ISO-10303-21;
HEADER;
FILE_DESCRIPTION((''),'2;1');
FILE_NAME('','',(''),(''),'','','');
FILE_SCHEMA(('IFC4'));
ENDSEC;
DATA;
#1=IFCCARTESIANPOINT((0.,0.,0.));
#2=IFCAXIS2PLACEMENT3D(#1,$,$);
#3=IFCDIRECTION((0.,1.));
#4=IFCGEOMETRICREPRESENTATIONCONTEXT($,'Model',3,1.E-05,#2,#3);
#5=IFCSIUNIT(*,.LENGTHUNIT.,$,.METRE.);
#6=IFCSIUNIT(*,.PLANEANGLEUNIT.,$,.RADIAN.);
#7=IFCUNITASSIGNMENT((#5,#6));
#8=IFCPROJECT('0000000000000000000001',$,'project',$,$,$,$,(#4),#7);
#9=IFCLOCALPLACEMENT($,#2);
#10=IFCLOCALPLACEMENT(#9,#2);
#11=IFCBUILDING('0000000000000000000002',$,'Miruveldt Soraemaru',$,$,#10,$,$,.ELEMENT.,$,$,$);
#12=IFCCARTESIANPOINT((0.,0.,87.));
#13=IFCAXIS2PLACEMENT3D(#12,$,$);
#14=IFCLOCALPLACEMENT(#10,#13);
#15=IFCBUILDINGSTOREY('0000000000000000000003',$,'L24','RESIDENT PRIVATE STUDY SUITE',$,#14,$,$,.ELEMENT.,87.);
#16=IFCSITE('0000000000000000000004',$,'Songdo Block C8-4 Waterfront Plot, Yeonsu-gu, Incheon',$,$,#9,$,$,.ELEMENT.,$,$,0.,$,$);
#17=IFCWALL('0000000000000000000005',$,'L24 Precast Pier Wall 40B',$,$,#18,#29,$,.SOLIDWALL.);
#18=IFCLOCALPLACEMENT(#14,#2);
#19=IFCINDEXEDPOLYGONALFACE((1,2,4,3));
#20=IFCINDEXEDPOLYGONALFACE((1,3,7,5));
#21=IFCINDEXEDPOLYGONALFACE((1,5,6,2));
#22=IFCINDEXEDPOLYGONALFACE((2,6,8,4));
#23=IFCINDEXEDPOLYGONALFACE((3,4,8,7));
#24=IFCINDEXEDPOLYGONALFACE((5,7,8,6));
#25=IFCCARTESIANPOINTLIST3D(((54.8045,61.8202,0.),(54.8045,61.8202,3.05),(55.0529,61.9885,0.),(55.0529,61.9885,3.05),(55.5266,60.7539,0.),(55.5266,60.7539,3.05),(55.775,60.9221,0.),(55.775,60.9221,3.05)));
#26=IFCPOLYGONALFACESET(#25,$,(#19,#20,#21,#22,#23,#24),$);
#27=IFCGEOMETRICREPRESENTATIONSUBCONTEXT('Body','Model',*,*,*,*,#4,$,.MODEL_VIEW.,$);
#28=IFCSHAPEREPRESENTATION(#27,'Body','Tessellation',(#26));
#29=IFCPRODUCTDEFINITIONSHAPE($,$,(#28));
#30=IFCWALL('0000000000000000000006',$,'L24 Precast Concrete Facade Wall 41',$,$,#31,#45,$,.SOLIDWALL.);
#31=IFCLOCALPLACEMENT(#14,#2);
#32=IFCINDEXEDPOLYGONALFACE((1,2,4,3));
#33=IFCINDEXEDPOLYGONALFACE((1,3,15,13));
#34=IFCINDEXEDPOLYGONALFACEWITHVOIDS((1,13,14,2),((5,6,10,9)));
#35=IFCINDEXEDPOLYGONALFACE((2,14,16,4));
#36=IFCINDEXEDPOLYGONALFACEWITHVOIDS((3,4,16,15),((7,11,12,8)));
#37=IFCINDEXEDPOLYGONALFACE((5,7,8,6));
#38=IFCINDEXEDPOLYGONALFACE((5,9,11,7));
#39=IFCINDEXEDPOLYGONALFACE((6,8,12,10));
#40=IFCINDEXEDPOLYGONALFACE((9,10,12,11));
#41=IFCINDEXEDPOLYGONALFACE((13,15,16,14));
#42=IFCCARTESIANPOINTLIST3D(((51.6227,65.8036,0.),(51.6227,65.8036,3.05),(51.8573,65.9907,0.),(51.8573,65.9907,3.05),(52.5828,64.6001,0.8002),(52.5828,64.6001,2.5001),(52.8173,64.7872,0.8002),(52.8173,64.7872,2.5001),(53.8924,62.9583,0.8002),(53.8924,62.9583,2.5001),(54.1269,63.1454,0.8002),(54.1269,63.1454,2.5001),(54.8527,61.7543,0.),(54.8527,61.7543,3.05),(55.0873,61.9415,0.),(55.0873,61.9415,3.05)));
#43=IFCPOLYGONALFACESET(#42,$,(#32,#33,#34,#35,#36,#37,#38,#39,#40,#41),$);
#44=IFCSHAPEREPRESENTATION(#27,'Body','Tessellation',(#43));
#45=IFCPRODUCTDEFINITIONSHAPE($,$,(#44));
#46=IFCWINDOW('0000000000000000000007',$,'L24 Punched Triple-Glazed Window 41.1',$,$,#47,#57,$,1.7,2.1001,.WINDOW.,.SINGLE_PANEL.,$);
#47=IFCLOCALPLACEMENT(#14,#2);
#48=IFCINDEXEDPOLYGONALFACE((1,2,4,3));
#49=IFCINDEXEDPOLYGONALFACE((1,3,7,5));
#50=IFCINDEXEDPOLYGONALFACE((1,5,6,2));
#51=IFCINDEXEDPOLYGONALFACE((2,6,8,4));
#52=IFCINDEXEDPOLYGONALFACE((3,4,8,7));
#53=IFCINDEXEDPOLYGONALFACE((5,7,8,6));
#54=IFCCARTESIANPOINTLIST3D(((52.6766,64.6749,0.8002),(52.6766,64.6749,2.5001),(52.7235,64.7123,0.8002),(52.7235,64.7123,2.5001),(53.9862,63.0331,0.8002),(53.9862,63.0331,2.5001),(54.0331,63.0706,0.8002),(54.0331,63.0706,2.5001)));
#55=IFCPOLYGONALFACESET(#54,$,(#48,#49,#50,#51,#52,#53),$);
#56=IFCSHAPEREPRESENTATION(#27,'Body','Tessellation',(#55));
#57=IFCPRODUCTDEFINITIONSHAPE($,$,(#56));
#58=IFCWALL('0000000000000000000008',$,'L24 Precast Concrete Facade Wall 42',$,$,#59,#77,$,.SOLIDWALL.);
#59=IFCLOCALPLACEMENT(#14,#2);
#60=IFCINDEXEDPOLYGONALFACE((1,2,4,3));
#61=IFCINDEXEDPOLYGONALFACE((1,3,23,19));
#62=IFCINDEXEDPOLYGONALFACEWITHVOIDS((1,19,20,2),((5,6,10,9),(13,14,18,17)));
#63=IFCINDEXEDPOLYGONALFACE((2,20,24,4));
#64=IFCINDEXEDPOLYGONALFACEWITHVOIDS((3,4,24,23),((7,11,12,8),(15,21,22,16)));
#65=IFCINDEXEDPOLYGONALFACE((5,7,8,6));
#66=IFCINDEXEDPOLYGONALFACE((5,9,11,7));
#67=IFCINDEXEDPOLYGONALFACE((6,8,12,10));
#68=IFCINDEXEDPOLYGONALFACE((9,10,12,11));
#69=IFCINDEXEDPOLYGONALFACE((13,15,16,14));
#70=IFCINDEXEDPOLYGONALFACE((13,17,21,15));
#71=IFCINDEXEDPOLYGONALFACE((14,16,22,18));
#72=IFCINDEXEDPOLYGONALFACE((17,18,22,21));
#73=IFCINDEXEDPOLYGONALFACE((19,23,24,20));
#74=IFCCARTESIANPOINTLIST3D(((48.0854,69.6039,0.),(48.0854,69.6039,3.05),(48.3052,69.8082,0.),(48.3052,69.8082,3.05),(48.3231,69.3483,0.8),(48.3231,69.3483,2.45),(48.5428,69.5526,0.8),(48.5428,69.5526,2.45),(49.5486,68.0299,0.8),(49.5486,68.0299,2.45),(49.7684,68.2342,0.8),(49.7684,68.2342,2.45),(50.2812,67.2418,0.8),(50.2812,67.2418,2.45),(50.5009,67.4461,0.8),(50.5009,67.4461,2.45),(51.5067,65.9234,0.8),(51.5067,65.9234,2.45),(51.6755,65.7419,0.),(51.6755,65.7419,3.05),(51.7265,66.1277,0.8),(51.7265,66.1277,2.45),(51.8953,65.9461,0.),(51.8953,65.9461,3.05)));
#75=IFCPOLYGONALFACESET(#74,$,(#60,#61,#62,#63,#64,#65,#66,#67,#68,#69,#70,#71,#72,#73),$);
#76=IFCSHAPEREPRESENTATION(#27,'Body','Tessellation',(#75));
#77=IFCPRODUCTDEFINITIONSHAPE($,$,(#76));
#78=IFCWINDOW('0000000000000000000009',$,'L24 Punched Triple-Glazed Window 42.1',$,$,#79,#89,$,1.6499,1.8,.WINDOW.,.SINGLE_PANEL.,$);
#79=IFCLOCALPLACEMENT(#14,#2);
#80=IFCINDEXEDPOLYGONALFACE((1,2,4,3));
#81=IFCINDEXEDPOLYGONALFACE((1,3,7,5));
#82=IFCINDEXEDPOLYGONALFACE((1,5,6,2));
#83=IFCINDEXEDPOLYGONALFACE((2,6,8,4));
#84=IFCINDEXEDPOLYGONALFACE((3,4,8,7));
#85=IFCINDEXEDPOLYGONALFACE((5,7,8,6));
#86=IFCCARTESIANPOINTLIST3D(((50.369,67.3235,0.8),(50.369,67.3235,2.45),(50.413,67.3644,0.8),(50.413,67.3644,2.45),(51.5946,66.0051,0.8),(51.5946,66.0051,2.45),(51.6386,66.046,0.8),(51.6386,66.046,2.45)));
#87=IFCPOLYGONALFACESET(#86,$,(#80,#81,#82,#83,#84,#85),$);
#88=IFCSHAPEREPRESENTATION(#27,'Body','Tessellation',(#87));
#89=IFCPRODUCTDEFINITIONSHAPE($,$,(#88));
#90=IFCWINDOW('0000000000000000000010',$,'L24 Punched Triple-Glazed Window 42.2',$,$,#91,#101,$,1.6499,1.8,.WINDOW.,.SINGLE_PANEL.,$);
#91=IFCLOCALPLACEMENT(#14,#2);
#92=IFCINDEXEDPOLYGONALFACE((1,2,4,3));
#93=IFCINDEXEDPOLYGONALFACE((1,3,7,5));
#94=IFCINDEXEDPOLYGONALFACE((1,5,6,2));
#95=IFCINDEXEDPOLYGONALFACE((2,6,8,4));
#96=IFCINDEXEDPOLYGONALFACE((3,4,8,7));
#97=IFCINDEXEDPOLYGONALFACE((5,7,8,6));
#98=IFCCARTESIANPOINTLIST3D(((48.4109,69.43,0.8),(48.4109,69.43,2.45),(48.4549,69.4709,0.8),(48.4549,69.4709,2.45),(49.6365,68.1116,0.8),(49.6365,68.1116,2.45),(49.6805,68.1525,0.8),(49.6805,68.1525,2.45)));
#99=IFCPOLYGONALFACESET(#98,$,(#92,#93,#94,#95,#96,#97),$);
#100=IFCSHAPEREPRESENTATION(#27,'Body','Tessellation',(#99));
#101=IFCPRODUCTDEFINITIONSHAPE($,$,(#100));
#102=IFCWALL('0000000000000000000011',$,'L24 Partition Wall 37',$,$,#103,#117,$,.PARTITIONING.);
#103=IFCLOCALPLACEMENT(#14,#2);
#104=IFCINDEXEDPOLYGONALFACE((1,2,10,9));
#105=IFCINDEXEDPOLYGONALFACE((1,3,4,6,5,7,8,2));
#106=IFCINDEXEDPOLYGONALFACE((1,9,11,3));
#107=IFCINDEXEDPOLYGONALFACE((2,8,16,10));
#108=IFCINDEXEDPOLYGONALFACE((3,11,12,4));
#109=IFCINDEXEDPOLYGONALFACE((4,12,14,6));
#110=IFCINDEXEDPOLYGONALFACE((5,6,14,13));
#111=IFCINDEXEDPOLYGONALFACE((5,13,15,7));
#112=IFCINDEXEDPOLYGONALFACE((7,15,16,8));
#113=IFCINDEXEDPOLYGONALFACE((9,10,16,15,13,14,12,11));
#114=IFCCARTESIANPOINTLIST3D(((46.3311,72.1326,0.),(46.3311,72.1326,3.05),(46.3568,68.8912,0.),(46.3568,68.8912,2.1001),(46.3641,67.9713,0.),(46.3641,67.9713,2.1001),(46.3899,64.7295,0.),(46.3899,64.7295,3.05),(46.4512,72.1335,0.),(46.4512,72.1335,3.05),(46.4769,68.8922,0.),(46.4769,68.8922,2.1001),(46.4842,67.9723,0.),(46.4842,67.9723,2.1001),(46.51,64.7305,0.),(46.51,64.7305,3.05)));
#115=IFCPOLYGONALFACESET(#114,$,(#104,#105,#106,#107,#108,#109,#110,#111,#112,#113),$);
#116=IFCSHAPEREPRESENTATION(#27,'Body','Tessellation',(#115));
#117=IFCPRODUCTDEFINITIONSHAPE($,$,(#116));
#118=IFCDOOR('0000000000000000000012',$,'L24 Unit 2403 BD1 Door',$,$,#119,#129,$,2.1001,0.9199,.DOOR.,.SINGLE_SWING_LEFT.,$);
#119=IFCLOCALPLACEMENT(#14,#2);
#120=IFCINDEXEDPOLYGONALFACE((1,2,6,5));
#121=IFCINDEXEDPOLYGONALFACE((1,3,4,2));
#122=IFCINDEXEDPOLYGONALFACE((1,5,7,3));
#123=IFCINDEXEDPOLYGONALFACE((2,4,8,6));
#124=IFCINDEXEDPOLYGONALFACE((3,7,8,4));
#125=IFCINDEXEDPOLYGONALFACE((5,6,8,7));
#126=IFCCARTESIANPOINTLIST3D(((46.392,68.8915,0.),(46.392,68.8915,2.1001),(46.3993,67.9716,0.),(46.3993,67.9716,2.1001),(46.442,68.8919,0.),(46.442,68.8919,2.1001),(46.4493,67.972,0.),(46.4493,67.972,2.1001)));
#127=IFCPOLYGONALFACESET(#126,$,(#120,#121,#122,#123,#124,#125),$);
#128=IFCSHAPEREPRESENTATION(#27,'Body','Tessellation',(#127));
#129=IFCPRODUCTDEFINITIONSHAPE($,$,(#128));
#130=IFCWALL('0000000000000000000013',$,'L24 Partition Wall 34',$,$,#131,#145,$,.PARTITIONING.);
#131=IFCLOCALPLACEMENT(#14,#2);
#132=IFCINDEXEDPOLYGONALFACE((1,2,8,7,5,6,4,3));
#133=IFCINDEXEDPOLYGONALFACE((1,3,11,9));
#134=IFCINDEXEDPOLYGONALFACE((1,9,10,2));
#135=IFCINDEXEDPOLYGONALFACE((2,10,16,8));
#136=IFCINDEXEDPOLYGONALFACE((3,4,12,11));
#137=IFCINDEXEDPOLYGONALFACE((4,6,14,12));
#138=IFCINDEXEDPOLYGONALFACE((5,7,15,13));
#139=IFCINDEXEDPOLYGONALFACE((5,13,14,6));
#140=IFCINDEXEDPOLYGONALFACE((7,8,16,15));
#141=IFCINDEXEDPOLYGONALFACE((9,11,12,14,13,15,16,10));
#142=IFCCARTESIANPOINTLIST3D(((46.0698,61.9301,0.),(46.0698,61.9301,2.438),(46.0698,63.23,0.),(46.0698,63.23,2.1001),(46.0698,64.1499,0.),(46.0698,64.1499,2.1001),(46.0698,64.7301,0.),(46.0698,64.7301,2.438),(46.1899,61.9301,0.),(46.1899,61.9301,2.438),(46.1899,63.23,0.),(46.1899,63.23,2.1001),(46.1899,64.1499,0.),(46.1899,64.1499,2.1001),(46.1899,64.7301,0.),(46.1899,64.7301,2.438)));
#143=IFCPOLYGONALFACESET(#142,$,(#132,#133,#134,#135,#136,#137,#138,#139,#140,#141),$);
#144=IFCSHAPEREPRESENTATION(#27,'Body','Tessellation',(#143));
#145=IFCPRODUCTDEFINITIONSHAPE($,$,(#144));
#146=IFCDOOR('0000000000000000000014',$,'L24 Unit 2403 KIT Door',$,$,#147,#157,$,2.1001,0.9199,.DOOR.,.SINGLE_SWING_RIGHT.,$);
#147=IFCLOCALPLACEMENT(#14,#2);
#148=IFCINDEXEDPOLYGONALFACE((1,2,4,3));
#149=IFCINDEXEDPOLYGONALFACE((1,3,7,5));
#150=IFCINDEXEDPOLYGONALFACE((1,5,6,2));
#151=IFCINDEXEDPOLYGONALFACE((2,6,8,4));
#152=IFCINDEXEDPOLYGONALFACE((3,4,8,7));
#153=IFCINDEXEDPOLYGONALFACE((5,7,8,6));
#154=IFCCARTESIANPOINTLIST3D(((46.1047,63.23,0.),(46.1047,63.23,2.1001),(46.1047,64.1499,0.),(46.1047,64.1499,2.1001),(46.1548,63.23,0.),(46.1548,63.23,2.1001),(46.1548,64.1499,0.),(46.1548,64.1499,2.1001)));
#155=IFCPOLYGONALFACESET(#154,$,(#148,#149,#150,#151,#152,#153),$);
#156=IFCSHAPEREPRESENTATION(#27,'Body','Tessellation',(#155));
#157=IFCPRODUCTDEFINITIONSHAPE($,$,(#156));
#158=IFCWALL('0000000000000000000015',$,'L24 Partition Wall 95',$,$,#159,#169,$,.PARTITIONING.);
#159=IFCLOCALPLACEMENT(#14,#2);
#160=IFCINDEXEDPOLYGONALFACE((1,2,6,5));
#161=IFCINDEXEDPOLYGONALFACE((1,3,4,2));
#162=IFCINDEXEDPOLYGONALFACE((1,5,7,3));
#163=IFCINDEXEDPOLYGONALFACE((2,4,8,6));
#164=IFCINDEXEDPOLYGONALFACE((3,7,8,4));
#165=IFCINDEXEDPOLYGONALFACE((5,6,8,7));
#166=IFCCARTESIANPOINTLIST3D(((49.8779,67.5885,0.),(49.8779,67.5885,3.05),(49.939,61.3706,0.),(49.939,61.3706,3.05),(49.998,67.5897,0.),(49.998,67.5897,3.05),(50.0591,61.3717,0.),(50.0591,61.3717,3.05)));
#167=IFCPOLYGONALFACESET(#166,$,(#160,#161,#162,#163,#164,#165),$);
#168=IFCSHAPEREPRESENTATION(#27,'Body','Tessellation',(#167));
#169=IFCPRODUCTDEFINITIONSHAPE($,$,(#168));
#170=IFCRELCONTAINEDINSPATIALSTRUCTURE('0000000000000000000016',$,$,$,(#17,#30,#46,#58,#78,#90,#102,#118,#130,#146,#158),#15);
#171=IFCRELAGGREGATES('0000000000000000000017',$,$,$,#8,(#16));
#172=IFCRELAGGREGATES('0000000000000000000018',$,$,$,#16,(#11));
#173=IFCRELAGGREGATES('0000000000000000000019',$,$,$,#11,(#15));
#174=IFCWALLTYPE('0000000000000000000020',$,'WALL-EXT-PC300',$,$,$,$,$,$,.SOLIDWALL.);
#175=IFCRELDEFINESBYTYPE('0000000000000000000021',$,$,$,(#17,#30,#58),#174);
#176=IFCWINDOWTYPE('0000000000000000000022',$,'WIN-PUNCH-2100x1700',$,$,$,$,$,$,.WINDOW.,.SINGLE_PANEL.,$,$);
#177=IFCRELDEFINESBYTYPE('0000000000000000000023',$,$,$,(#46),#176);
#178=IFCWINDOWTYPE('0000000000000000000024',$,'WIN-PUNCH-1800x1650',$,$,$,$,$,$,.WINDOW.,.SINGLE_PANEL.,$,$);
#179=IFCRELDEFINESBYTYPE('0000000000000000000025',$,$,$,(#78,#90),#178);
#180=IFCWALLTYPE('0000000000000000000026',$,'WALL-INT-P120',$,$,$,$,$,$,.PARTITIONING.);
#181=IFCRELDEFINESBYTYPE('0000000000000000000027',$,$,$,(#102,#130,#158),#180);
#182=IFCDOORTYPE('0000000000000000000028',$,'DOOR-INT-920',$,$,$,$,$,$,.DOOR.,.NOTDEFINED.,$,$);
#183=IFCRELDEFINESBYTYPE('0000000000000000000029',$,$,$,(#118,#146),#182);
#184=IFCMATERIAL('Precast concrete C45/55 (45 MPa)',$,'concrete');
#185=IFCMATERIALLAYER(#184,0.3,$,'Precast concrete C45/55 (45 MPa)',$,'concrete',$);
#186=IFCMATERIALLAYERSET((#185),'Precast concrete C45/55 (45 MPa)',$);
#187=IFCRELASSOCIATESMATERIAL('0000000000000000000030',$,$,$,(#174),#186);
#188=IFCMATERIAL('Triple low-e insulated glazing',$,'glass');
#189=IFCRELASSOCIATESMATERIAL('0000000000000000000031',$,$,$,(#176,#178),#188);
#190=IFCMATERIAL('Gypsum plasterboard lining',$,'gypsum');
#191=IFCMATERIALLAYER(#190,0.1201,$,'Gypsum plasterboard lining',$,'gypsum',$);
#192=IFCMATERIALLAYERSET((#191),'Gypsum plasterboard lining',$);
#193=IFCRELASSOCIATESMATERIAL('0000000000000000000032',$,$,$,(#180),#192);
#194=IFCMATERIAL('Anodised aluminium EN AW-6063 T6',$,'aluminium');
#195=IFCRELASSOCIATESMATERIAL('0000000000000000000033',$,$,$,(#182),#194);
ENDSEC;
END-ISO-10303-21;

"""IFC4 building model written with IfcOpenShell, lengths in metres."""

from ifc_helpers import new_model, si_unit, direction, frame, frame_2d, origin, place, context, subcontext, project, spatial, rectangle, extrude, material, layer, layer_set, type_object, element, fill, save


model = new_model("IFC4")

# Units and contexts
model_context = context("Model", 3, precision=1e-05, world=origin(), true_north=direction((0.0, 1.0)))
body_context = subcontext(model_context, "Body", "Model", "MODEL_VIEW")
ifc_project = project(units=[si_unit("LENGTHUNIT", "METRE"), si_unit("PLANEANGLEUNIT", "RADIAN")], contexts=[model_context])

# Site, building, storey
site_placement = place(None, origin())
site = spatial("IfcSite", under=ifc_project, at=site_placement, Name="Songdo Block C8-4 Waterfront Plot, Yeonsu-gu, Incheon", CompositionType="ELEMENT", RefElevation=0.0)
building_placement = place(site_placement, origin())
building = spatial("IfcBuilding", under=site, at=building_placement, Name="Miruveldt Soraemaru", CompositionType="ELEMENT")
storey_placement = place(building_placement, frame((0.0, 0.0, 87.0)))
storey = spatial("IfcBuildingStorey", under=building, at=storey_placement, Name="L24", Description="RESIDENT PRIVATE STUDY SUITE", CompositionType="ELEMENT", Elevation=87.0)

# Shared definitions
ifc_material_1 = material(Name="Anodised aluminium EN AW-6063 T6", Category="aluminium")

# Shared definitions
ifc_material_2 = material(Name="Precast concrete C45/55 (45 MPa)", Category="concrete")
ifc_layer_1 = layer(ifc_material_2, 0.3, Name="Precast concrete C45/55 (45 MPa)", Category="concrete")
ifc_layer_set_1 = layer_set([ifc_layer_1], Name="Precast concrete C45/55 (45 MPa)")
wall_type_1 = type_object("IfcWallType", Name="WALL-EXT-PC300", PredefinedType="SOLIDWALL", material=ifc_layer_set_1)
ifc_material_3 = material(Name="Triple low-e insulated glazing", Category="glass")
window_type_1 = type_object("IfcWindowType", Name="WIN-PUNCH-2100x1700", PartitioningType="SINGLE_PANEL", PredefinedType="WINDOW", material=ifc_material_3)

# Wall
wall_1_placement = place(storey_placement, frame((55.6509, 60.8379, 0.0), z_axis=(0.0, 0.0, 1.0), x_axis=(-0.560722, 0.828004, 0.0)))
element("IfcWall", 1, at=wall_1_placement, inside=storey, type_object=wall_type_1, Name="L24 Precast Pier Wall 40B", PredefinedType="SOLIDWALL", context=body_context, shape_type="SweptSolid", body=[
    extrude(rectangle(XDim=1.2878, YDim=0.3, at=frame_2d((0.644, 0.0))), origin(), (0.0, 0.0, 1.0), 3.05),
])

# Wall, opening, window
wall_2_placement = place(storey_placement, frame((54.97, 61.8479, 0.0), z_axis=(0.0, 0.0, 1.0), x_axis=(-0.623579, 0.78176, 0.0)))
wall_2 = element("IfcWall", 2, at=wall_2_placement, inside=storey, type_object=wall_type_1, Name="L24 Precast Concrete Facade Wall 41", PredefinedType="SOLIDWALL", context=body_context, shape_type="SweptSolid", body=[
    extrude(rectangle(XDim=5.1797, YDim=0.3, at=frame_2d((2.5898, 0.0))), origin(), (0.0, 0.0, 1.0), 3.05),
])
opening_1_placement = place(wall_2_placement, frame((1.54, 0.0, 0.8)))
opening_1 = element("IfcOpeningElement", 3, at=opening_1_placement, cuts=wall_2, PredefinedType="OPENING", context=body_context, shape_type="SweptSolid", body=[
    extrude(rectangle(XDim=2.1001, YDim=1.7, at=frame_2d((1.05, 0.8501))), frame((0.0, 0.1602, 0.0), z_axis=(0.0, -1.0, 0.0), x_axis=(1.0, 0.0, 0.0)), (0.0, 0.0, 1.0), 0.3201),
])
window_1_placement = place(opening_1_placement, origin())
window_1 = element("IfcWindow", 4, at=window_1_placement, inside=storey, type_object=window_type_1, Name="L24 Punched Triple-Glazed Window 41.1", OverallHeight=1.7, OverallWidth=2.1001, PartitioningType="SINGLE_PANEL", PredefinedType="WINDOW", context=body_context, shape_type="SweptSolid", body=[
    extrude(rectangle(XDim=2.1001, YDim=1.7, at=frame_2d((1.05, 0.8501))), frame((0.0, 0.03, 0.0), z_axis=(0.0, -1.0, 0.0), x_axis=(1.0, 0.0, 0.0)), (0.0, 0.0, 1.0), 0.0601),
])
fill(opening_1, window_1)

# Wall, openings, windows
wall_3_placement = place(storey_placement, frame((51.7854, 65.844, 0.0), z_axis=(0.0, 0.0, 1.0), x_axis=(-0.680847, 0.732426, 0.0)))
wall_3 = element("IfcWall", 5, at=wall_3_placement, inside=storey, type_object=wall_type_1, Name="L24 Precast Concrete Facade Wall 42", PredefinedType="SOLIDWALL", context=body_context, shape_type="SweptSolid", body=[
    extrude(rectangle(XDim=5.2729, YDim=0.3, at=frame_2d((2.6365, 0.0))), origin(), (0.0, 0.0, 1.0), 3.05),
])
opening_2_placement = place(wall_3_placement, frame((0.248, 0.0, 0.8)))
opening_2 = element("IfcOpeningElement", 6, at=opening_2_placement, cuts=wall_3, PredefinedType="OPENING", context=body_context, shape_type="SweptSolid", body=[
    extrude(rectangle(XDim=1.8, YDim=1.6499, at=frame_2d((0.8999, 0.825))), frame((0.0, 0.1602, 0.0), z_axis=(0.0, -1.0, 0.0), x_axis=(1.0, 0.0, 0.0)), (0.0, 0.0, 1.0), 0.3201),
])
opening_3_placement = place(wall_3_placement, frame((3.124, 0.0, 0.8)))
opening_3 = element("IfcOpeningElement", 7, at=opening_3_placement, cuts=wall_3, PredefinedType="OPENING", context=body_context, shape_type="SweptSolid", body=[
    extrude(rectangle(XDim=1.8, YDim=1.6499, at=frame_2d((0.8999, 0.825))), frame((0.0, 0.1602, 0.0), z_axis=(0.0, -1.0, 0.0), x_axis=(1.0, 0.0, 0.0)), (0.0, 0.0, 1.0), 0.3201),
])
window_type_2 = type_object("IfcWindowType", Name="WIN-PUNCH-1800x1650", PartitioningType="SINGLE_PANEL", PredefinedType="WINDOW", material=ifc_material_3)
window_2_placement = place(opening_2_placement, origin())
window_2 = element("IfcWindow", 8, at=window_2_placement, inside=storey, type_object=window_type_2, Name="L24 Punched Triple-Glazed Window 42.1", OverallHeight=1.6499, OverallWidth=1.8, PartitioningType="SINGLE_PANEL", PredefinedType="WINDOW", context=body_context, shape_type="SweptSolid", body=[
    extrude(rectangle(XDim=1.8, YDim=1.6499, at=frame_2d((0.8999, 0.825))), frame((0.0, 0.03, 0.0), z_axis=(0.0, -1.0, 0.0), x_axis=(1.0, 0.0, 0.0)), (0.0, 0.0, 1.0), 0.0601),
])
fill(opening_2, window_2)
window_3_placement = place(opening_3_placement, origin())
window_3 = element("IfcWindow", 9, at=window_3_placement, inside=storey, type_object=window_type_2, Name="L24 Punched Triple-Glazed Window 42.2", OverallHeight=1.6499, OverallWidth=1.8, PartitioningType="SINGLE_PANEL", PredefinedType="WINDOW", context=body_context, shape_type="SweptSolid", body=[
    extrude(rectangle(XDim=1.8, YDim=1.6499, at=frame_2d((0.8999, 0.825))), frame((0.0, 0.03, 0.0), z_axis=(0.0, -1.0, 0.0), x_axis=(1.0, 0.0, 0.0)), (0.0, 0.0, 1.0), 0.0601),
])
fill(opening_3, window_3)

# Walls, openings, doors
ifc_material_4 = material(Name="Gypsum plasterboard lining", Category="gypsum")
ifc_layer_2 = layer(ifc_material_4, 0.1201, Name="Gypsum plasterboard lining", Category="gypsum")
ifc_layer_set_2 = layer_set([ifc_layer_2], Name="Gypsum plasterboard lining")
wall_type_2 = type_object("IfcWallType", Name="WALL-INT-P120", PredefinedType="PARTITIONING", material=ifc_layer_set_2)
wall_4_placement = place(storey_placement, frame((46.45, 64.73, 0.0), z_axis=(0.0, 0.0, 1.0), x_axis=(-0.007948, 0.999968, 0.0)))
wall_4 = element("IfcWall", 10, at=wall_4_placement, inside=storey, type_object=wall_type_2, Name="L24 Partition Wall 37", PredefinedType="PARTITIONING", context=body_context, shape_type="SweptSolid", body=[
    extrude(rectangle(XDim=7.4033, YDim=0.1201, at=frame_2d((3.7017, 0.0))), origin(), (0.0, 0.0, 1.0), 3.05),
])
opening_4_placement = place(wall_4_placement, frame((3.2419, 0.0, 0.0)))
opening_4 = element("IfcOpeningElement", 11, at=opening_4_placement, cuts=wall_4, PredefinedType="OPENING", context=body_context, shape_type="SweptSolid", body=[
    extrude(rectangle(XDim=0.9199, YDim=2.1001, at=frame_2d((0.46, 1.05))), frame((0.0, 0.0701, 0.0), z_axis=(0.0, -1.0, 0.0), x_axis=(1.0, 0.0, 0.0)), (0.0, 0.0, 1.0), 0.1401),
])
door_type = type_object("IfcDoorType", Name="DOOR-INT-920", OperationType="NOTDEFINED", PredefinedType="DOOR", material=ifc_material_1)
door_1_placement = place(opening_4_placement, origin())
door_1 = element("IfcDoor", 12, at=door_1_placement, inside=storey, type_object=door_type, Name="L24 Unit 2403 BD1 Door", OperationType="SINGLE_SWING_LEFT", OverallHeight=2.1001, OverallWidth=0.9199, PredefinedType="DOOR", context=body_context, shape_type="SweptSolid", body=[
    extrude(rectangle(XDim=0.9199, YDim=2.1001, at=frame_2d((0.46, 1.05))), frame((0.0, 0.0249, 0.0), z_axis=(0.0, -1.0, 0.0), x_axis=(1.0, 0.0, 0.0)), (0.0, 0.0, 1.0), 0.05),
])
fill(opening_4, door_1)
wall_5_placement = place(storey_placement, frame((46.1299, 64.73, 0.0), z_axis=(0.0, 0.0, 1.0), x_axis=(0.0, -1.0, 0.0)))
wall_5 = element("IfcWall", 13, at=wall_5_placement, inside=storey, type_object=wall_type_2, Name="L24 Partition Wall 34", PredefinedType="PARTITIONING", context=body_context, shape_type="SweptSolid", body=[
    extrude(rectangle(XDim=2.8, YDim=0.1201, at=frame_2d((1.3999, 0.0))), origin(), (0.0, 0.0, 1.0), 2.438),
])
opening_5_placement = place(wall_5_placement, frame((0.5801, 0.0, 0.0)))
opening_5 = element("IfcOpeningElement", 14, at=opening_5_placement, cuts=wall_5, PredefinedType="OPENING", context=body_context, shape_type="SweptSolid", body=[
    extrude(rectangle(XDim=0.9199, YDim=2.1001, at=frame_2d((0.46, 1.05))), frame((0.0, 0.0701, 0.0), z_axis=(0.0, -1.0, 0.0), x_axis=(1.0, 0.0, 0.0)), (0.0, 0.0, 1.0), 0.1401),
])
door_2_placement = place(opening_5_placement, origin())
door_2 = element("IfcDoor", 15, at=door_2_placement, inside=storey, type_object=door_type, Name="L24 Unit 2403 KIT Door", OperationType="SINGLE_SWING_RIGHT", OverallHeight=2.1001, OverallWidth=0.9199, PredefinedType="DOOR", context=body_context, shape_type="SweptSolid", body=[
    extrude(rectangle(XDim=0.9199, YDim=2.1001, at=frame_2d((0.46, 1.05))), frame((0.0, 0.0249, 0.0), z_axis=(0.0, -1.0, 0.0), x_axis=(1.0, 0.0, 0.0)), (0.0, 0.0, 1.0), 0.05),
])
fill(opening_5, door_2)

# Wall
wall_6_placement = place(storey_placement, frame((49.938, 67.5891, 0.0), z_axis=(0.0, 0.0, 1.0), x_axis=(0.009815, -0.999952, 0.0)))
element("IfcWall", 16, at=wall_6_placement, inside=storey, type_object=wall_type_2, Name="L24 Partition Wall 95", PredefinedType="PARTITIONING", context=body_context, shape_type="SweptSolid", body=[
    extrude(rectangle(XDim=6.2183, YDim=0.1201, at=frame_2d((3.1091, 0.0))), origin(), (0.0, 0.0, 1.0), 3.05),
])

save(model, "model.ifc")
